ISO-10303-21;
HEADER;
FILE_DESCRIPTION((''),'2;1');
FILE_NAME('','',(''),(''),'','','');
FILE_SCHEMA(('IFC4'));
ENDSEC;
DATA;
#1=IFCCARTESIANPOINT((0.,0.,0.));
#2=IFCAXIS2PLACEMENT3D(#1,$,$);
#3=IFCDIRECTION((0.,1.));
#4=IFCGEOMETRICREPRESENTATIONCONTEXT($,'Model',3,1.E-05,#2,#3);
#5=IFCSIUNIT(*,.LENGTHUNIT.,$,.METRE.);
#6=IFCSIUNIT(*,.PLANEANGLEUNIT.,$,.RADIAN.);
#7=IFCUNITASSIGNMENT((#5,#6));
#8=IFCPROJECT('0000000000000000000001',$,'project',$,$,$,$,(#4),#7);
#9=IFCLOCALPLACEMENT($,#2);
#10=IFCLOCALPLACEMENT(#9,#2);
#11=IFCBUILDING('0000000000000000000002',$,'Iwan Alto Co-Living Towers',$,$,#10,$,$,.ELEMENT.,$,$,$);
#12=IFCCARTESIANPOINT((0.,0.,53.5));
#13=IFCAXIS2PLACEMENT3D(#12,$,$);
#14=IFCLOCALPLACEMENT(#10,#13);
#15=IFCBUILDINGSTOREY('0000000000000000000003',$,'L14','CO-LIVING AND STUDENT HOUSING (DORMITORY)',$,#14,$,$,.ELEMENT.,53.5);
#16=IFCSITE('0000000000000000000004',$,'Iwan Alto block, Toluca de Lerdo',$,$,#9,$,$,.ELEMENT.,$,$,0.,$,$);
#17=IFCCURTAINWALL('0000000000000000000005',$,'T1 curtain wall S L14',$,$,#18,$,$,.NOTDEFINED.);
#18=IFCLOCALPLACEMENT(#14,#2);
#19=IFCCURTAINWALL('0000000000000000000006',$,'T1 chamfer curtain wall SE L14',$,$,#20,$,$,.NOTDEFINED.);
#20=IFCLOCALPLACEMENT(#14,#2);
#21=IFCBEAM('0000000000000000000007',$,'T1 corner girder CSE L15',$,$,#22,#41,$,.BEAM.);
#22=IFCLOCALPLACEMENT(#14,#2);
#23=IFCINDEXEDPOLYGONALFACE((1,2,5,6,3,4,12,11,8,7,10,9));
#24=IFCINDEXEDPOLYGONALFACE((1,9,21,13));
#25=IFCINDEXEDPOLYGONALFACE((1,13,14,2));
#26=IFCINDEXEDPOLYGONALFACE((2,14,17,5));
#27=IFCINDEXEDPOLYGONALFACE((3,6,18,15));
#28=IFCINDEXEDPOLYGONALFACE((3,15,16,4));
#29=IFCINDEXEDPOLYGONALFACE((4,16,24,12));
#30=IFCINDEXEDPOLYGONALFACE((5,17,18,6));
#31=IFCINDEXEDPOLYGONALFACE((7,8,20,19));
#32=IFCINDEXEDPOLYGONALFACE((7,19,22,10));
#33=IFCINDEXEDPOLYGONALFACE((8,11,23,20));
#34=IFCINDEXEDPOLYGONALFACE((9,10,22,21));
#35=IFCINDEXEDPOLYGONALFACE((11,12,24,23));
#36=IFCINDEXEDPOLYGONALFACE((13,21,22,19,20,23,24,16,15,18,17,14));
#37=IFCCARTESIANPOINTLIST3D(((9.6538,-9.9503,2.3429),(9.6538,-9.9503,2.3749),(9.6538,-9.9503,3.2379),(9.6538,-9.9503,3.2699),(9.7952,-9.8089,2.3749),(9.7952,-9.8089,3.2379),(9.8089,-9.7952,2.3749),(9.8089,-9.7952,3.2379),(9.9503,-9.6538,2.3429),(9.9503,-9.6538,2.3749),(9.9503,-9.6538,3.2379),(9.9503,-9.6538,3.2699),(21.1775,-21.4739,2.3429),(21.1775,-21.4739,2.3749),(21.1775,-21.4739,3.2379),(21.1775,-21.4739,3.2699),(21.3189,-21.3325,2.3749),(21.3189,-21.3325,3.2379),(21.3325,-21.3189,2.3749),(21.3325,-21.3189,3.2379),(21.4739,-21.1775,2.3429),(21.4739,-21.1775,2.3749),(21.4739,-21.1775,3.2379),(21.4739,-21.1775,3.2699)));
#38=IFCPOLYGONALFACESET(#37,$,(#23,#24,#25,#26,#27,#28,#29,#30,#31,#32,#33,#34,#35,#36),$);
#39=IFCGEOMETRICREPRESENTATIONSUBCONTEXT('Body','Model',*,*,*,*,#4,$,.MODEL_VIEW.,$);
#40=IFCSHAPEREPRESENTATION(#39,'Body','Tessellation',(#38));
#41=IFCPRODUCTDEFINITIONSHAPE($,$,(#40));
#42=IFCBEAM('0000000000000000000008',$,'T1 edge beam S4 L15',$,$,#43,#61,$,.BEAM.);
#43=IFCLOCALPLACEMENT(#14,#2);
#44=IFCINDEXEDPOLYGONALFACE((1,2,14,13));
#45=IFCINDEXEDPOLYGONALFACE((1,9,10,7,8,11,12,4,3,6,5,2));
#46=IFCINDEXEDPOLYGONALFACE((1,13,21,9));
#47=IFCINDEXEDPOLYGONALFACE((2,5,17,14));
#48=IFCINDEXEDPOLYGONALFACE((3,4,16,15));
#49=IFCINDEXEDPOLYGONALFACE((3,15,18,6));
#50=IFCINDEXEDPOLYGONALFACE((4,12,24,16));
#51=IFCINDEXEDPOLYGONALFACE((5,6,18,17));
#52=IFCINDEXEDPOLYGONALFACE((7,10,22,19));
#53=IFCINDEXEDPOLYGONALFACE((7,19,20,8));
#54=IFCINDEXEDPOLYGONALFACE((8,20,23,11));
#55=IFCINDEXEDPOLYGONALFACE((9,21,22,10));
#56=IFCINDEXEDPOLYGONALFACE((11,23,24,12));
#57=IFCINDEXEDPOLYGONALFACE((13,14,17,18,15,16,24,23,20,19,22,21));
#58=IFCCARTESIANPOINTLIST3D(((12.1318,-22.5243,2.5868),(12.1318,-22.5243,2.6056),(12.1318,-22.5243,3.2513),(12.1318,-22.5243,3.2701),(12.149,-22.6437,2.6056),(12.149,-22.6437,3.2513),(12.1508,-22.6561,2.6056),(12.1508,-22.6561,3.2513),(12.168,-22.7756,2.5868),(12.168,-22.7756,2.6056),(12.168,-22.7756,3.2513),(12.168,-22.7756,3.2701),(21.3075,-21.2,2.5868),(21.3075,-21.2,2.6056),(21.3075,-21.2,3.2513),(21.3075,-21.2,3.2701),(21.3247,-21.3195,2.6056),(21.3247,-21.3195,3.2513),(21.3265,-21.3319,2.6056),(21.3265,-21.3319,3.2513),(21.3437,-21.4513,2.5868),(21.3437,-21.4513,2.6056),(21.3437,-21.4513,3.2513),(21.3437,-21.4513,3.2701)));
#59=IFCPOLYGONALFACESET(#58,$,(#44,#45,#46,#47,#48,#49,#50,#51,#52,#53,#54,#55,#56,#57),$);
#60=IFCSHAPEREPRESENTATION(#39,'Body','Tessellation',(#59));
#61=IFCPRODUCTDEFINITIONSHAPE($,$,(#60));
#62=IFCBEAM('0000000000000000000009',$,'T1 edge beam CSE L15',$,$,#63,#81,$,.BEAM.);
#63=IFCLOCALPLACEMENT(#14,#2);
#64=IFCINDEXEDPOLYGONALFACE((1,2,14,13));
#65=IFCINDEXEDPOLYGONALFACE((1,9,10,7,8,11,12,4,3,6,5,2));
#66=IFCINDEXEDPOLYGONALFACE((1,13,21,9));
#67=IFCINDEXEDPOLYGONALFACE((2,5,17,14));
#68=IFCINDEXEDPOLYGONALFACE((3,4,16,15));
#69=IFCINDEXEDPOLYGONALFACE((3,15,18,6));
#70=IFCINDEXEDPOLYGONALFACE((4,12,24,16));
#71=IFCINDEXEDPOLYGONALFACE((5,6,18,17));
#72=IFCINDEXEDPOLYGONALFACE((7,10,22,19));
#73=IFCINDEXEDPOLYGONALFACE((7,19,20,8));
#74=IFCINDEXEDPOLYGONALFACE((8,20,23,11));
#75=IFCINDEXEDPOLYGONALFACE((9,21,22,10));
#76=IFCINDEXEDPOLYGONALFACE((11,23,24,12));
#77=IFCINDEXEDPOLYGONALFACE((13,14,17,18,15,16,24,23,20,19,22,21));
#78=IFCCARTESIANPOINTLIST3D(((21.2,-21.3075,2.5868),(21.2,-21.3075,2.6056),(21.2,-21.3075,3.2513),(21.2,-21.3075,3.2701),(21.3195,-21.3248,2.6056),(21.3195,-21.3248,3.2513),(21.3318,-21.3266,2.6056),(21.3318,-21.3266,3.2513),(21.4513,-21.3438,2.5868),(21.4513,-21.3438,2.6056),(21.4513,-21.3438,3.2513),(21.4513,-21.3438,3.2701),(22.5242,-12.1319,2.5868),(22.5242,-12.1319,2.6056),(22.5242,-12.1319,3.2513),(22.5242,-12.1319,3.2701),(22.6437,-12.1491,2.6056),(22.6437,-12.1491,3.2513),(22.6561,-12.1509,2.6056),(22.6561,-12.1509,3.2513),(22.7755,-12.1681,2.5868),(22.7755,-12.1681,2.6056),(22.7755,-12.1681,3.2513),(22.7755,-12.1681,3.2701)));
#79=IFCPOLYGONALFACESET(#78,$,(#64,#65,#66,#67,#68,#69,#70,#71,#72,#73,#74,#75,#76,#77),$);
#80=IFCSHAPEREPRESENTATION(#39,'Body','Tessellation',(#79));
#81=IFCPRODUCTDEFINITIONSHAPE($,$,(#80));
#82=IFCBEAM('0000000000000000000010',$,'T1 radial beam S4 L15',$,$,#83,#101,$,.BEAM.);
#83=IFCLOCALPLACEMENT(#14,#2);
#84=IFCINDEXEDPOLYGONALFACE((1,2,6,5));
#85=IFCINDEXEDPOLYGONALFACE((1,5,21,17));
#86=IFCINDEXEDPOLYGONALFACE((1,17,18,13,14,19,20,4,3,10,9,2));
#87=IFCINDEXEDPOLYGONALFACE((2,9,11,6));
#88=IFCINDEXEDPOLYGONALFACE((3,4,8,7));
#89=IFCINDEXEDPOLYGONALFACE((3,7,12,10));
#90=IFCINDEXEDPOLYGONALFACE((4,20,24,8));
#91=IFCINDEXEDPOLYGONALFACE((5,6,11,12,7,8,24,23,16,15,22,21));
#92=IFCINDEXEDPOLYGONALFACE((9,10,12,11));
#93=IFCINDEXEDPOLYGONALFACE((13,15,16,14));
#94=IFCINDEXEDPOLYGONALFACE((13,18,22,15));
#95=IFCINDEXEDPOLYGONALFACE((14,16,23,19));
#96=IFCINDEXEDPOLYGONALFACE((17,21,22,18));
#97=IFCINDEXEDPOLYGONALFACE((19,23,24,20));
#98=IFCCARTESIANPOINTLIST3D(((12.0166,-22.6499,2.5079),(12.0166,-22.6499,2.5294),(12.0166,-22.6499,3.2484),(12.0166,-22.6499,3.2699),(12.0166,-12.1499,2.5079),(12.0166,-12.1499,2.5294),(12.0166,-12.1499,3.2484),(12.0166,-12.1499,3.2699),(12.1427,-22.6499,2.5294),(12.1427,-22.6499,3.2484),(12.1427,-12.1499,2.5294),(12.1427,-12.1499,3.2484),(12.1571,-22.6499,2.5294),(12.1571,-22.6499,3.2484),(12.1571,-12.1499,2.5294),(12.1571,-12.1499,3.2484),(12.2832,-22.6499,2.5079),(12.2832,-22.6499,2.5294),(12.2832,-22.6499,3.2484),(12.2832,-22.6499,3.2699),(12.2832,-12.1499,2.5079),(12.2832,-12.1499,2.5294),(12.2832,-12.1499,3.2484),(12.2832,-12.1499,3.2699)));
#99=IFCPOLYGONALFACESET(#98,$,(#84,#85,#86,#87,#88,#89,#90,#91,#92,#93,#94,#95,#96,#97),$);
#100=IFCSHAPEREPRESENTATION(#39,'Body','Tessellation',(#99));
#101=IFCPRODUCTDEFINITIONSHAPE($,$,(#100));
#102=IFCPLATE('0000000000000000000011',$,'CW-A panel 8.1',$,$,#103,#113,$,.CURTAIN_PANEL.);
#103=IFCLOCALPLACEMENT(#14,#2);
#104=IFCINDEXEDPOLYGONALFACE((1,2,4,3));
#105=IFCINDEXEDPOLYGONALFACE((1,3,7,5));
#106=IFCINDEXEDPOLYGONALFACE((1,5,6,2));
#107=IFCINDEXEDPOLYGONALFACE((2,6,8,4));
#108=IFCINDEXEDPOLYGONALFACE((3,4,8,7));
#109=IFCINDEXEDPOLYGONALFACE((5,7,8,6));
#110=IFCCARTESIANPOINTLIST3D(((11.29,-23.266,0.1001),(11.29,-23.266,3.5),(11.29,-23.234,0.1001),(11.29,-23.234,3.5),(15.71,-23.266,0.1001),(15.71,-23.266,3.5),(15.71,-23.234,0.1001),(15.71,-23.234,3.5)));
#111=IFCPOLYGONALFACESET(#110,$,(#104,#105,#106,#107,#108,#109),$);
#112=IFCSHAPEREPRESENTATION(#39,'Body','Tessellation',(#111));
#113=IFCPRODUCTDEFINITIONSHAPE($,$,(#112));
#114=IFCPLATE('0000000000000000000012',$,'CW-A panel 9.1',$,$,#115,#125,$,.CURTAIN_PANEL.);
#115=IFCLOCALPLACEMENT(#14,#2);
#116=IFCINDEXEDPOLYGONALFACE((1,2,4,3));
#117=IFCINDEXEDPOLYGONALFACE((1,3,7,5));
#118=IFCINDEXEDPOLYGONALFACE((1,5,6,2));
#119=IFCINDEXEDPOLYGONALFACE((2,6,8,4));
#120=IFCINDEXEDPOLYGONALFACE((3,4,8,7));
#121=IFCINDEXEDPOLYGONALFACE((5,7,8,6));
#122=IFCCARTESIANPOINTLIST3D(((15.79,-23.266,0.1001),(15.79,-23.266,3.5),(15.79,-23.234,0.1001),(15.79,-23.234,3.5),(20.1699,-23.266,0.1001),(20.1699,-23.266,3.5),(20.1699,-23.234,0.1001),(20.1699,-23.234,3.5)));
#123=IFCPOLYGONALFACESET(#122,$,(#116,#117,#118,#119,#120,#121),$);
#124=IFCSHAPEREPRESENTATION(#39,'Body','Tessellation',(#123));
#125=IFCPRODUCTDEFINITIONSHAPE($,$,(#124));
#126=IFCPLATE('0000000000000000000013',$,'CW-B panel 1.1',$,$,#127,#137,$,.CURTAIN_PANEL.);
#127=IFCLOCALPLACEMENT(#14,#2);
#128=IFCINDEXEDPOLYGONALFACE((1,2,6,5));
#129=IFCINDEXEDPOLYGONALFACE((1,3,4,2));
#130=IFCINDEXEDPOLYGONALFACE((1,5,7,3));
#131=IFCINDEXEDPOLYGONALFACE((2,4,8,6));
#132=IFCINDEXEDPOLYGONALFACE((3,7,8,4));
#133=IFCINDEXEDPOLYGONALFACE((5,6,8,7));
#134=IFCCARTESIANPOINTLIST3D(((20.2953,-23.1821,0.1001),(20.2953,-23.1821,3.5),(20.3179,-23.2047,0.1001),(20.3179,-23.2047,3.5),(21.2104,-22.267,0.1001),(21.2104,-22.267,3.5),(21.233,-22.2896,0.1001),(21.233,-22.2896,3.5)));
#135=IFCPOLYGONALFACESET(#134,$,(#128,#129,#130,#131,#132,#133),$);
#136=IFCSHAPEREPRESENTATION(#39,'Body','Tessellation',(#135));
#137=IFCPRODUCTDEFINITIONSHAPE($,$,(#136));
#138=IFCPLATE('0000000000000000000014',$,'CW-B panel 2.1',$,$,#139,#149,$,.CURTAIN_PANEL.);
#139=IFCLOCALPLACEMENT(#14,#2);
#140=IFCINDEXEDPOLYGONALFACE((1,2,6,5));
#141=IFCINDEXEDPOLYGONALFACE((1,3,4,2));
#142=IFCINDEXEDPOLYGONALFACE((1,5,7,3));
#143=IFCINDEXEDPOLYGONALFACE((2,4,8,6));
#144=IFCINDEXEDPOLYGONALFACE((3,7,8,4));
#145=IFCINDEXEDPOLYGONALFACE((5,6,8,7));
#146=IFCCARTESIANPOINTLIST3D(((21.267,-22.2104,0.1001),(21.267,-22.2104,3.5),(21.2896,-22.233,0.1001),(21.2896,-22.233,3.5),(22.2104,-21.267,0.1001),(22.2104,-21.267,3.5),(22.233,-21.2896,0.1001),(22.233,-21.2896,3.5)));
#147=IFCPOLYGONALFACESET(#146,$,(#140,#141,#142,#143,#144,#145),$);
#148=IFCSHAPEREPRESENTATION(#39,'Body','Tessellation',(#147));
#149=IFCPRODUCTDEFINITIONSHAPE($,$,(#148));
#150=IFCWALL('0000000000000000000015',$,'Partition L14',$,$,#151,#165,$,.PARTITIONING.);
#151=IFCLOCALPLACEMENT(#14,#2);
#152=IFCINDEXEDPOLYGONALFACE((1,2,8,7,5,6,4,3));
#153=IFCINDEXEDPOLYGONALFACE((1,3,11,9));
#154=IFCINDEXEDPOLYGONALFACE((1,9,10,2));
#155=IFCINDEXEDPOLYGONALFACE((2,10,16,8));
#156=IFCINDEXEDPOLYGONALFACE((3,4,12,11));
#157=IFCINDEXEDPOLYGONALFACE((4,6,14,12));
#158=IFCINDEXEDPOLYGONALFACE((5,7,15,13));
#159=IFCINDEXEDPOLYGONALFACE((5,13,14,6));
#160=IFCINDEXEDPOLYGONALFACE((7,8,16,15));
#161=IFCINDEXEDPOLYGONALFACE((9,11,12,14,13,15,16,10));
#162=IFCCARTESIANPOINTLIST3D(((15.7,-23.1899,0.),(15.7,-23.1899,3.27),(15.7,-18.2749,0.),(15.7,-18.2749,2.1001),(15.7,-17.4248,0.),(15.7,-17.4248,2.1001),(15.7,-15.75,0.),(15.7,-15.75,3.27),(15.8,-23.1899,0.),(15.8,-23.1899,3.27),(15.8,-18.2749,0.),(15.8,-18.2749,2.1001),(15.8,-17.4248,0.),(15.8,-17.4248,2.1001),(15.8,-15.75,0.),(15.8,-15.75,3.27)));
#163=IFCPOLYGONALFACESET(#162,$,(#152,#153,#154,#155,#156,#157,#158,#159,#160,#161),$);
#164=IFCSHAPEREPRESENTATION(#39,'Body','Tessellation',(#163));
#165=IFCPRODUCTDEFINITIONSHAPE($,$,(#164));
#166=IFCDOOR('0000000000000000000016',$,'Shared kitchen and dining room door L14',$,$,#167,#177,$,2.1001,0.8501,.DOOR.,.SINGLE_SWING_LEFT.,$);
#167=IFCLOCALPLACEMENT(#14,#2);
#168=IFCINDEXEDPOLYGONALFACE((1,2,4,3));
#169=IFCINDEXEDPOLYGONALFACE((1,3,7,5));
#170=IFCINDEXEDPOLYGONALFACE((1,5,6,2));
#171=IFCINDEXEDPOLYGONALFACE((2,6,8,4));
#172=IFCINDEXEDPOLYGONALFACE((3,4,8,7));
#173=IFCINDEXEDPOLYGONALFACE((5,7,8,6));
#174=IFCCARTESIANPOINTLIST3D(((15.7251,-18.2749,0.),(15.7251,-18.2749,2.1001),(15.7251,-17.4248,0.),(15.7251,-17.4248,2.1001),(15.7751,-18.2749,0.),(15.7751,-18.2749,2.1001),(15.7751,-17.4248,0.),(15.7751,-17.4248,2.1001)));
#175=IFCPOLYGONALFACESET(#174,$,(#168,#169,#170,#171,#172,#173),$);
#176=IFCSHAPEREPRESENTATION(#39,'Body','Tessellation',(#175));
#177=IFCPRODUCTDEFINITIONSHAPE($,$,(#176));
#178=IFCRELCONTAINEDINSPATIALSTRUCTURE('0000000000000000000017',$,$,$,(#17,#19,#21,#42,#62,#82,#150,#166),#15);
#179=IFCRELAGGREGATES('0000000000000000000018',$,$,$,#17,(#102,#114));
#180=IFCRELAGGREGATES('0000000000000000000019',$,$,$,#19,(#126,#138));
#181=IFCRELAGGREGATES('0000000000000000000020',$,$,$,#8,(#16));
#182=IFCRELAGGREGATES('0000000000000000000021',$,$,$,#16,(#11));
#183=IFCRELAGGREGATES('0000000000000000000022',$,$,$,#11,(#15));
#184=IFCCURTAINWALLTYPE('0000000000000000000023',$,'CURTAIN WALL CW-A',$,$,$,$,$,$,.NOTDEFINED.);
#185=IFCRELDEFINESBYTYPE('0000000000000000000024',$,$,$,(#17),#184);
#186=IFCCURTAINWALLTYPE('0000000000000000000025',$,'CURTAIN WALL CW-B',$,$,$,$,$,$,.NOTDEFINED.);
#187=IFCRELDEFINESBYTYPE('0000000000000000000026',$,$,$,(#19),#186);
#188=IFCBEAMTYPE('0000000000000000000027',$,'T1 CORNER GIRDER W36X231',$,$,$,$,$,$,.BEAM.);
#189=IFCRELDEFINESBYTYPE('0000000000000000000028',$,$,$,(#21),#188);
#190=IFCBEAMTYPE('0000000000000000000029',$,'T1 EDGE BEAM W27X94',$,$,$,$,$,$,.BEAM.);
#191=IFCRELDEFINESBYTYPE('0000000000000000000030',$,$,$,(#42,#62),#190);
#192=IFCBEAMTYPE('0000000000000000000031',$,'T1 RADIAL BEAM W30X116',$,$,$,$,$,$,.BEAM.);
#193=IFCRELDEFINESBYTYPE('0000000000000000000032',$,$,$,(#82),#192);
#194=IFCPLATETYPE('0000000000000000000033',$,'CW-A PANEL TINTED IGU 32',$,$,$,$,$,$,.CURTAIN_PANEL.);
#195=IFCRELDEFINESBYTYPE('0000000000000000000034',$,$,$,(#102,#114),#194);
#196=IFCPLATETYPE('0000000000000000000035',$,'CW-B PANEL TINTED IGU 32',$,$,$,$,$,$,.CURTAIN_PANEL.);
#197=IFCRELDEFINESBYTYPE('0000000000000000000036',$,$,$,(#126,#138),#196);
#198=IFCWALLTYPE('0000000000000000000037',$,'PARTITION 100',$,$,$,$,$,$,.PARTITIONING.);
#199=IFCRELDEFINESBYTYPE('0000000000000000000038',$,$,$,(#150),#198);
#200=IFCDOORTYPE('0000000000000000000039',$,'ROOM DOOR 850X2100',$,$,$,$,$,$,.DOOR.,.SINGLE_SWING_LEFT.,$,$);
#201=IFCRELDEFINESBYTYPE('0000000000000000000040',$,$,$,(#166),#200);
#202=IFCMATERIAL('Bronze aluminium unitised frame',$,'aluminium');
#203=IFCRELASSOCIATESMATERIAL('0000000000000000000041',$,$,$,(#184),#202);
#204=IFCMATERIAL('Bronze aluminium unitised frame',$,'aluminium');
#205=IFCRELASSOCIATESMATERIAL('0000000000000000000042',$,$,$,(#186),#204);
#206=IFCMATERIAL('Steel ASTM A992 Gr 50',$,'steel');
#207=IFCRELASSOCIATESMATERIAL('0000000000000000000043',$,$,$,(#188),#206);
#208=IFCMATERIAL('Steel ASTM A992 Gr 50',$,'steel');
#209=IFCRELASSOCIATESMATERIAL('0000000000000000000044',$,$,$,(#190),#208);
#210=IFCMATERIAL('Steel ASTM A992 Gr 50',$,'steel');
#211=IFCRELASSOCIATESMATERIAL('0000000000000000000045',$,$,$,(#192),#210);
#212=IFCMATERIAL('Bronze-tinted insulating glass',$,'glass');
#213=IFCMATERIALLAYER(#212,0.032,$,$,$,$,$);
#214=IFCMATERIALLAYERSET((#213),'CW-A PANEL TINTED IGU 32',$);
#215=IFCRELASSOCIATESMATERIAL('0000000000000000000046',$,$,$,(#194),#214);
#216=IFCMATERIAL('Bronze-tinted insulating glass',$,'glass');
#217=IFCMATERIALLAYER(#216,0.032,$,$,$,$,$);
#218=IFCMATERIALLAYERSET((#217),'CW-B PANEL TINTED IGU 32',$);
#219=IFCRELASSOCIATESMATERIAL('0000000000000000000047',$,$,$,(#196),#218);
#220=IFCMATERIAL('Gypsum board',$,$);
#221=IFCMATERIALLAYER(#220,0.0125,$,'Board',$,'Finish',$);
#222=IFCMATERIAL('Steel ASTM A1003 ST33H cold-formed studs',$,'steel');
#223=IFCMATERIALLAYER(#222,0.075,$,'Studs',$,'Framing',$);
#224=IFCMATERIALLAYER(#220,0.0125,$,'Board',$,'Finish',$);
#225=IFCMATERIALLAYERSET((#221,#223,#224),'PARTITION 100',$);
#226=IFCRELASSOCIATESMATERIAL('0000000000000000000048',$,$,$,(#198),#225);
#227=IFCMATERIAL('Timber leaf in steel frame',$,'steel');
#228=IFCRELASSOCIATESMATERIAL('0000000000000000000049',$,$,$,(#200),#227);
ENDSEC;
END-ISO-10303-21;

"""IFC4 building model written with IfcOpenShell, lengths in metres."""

from ifc_helpers import new_model, si_unit, direction, frame, frame_2d, origin, origin_2d, place, context, subcontext, project, spatial, rectangle, i_section, extrude, material, layer, layer_set, material_profile, profile_set, type_object, element, fill, aggregate, save


model = new_model("IFC4")

# Units and contexts
model_context = context("Model", 3, precision=1e-05, world=origin(), true_north=direction((0.0, 1.0)))
body_context = subcontext(model_context, "Body", "Model", "MODEL_VIEW")
ifc_project = project(units=[si_unit("LENGTHUNIT", "METRE"), si_unit("PLANEANGLEUNIT", "RADIAN")], contexts=[model_context])

# Site, building, storey
site_placement = place(None, origin())
site = spatial("IfcSite", under=ifc_project, at=site_placement, Name="Iwan Alto block, Toluca de Lerdo", CompositionType="ELEMENT", RefElevation=0.0)
building_placement = place(site_placement, origin())
building = spatial("IfcBuilding", under=site, at=building_placement, Name="Iwan Alto Co-Living Towers", CompositionType="ELEMENT")
storey_placement = place(building_placement, frame((0.0, 0.0, 53.5)))
storey = spatial("IfcBuildingStorey", under=building, at=storey_placement, Name="L14", Description="CO-LIVING AND STUDENT HOUSING (DORMITORY)", CompositionType="ELEMENT", Elevation=53.5)

# Curtain walls
ifc_material_1 = material(Name="Bronze aluminium unitised frame", Category="aluminium")
curtain_wall_type_1 = type_object("IfcCurtainWallType", Name="CURTAIN WALL CW-A", PredefinedType="NOTDEFINED", material=ifc_material_1)
curtain_wall_1_placement = place(storey_placement, origin())
curtain_wall_1 = element("IfcCurtainWall", 1, at=curtain_wall_1_placement, inside=storey, type_object=curtain_wall_type_1, Name="T1 curtain wall S L14", PredefinedType="NOTDEFINED")
ifc_material_2 = material(Name="Bronze aluminium unitised frame", Category="aluminium")
curtain_wall_type_2 = type_object("IfcCurtainWallType", Name="CURTAIN WALL CW-B", PredefinedType="NOTDEFINED", material=ifc_material_2)
curtain_wall_2_placement = place(storey_placement, origin())
curtain_wall_2 = element("IfcCurtainWall", 2, at=curtain_wall_2_placement, inside=storey, type_object=curtain_wall_type_2, Name="T1 chamfer curtain wall SE L14", PredefinedType="NOTDEFINED")

# Beams
ifc_material_3 = material(Name="Steel ASTM A992 Gr 50", Category="steel")
ifc_material_profile_1 = material_profile(ifc_material_3, i_section(OverallWidth=0.4192, OverallDepth=0.927, WebThickness=0.0193, FlangeThickness=0.032, at=origin_2d()), Name="W36X231")
ifc_profile_set_1 = profile_set([ifc_material_profile_1], Name="Steel ASTM A992 Gr 50")
beam_type_1 = type_object("IfcBeamType", Name="T1 CORNER GIRDER W36X231", PredefinedType="BEAM", material=ifc_profile_set_1)
beam_1_placement = place(storey_placement, frame((21.3257, -21.3257, 2.8064), z_axis=(-0.707107, 0.707107, 0.0), x_axis=(-0.707107, -0.707107, 0.0)))
element("IfcBeam", 3, at=beam_1_placement, inside=storey, type_object=beam_type_1, Name="T1 corner girder CSE L15", PredefinedType="BEAM", context=body_context, shape_type="SweptSolid", body=[
    extrude(i_section(OverallWidth=0.4192, OverallDepth=0.927, WebThickness=0.0193, FlangeThickness=0.032, at=origin_2d()), origin(), (0.0, 0.0, 1.0), 16.2969),
])
ifc_material_4 = material(Name="Steel ASTM A992 Gr 50", Category="steel")
ifc_material_profile_2 = material_profile(ifc_material_4, i_section(OverallWidth=0.2539, OverallDepth=0.6833, WebThickness=0.0125, FlangeThickness=0.0188, at=origin_2d()), Name="W27X94")
ifc_profile_set_2 = profile_set([ifc_material_profile_2], Name="Steel ASTM A992 Gr 50")
beam_type_2 = type_object("IfcBeamType", Name="T1 EDGE BEAM W27X94", PredefinedType="BEAM", material=ifc_profile_set_2)
for number, where, z_axis, x_axis, name in (
    (4, (12.1499, -22.6499, 2.9285), (0.989746, 0.142837, 0.0), (-0.142837, 0.989746, 0.0), "T1 edge beam S4 L15"),
    (5, (21.3257, -21.3257, 2.9285), (0.142837, 0.989746, 0.0), (-0.989746, 0.142837, 0.0), "T1 edge beam CSE L15"),
):
    element("IfcBeam", number, at=place(storey_placement, frame(where, z_axis=z_axis, x_axis=x_axis)), inside=storey, type_object=beam_type_2, Name=name, PredefinedType="BEAM", context=body_context, shape_type="SweptSolid", body=[
        extrude(i_section(OverallWidth=0.2539, OverallDepth=0.6833, WebThickness=0.0125, FlangeThickness=0.0188, at=origin_2d()), origin(), (0.0, 0.0, 1.0), 9.2708),
    ])
ifc_material_5 = material(Name="Steel ASTM A992 Gr 50", Category="steel")
ifc_material_profile_3 = material_profile(ifc_material_5, i_section(OverallWidth=0.2666, OverallDepth=0.762, WebThickness=0.0144, FlangeThickness=0.0215, at=origin_2d()), Name="W30X116")
ifc_profile_set_3 = profile_set([ifc_material_profile_3], Name="Steel ASTM A992 Gr 50")
beam_type_3 = type_object("IfcBeamType", Name="T1 RADIAL BEAM W30X116", PredefinedType="BEAM", material=ifc_profile_set_3)
beam_2_placement = place(storey_placement, frame((12.1499, -22.6499, 2.8889), z_axis=(0.0, 1.0, 0.0), x_axis=(-1.0, 0.0, 0.0)))
element("IfcBeam", 6, at=beam_2_placement, inside=storey, type_object=beam_type_3, Name="T1 radial beam S4 L15", PredefinedType="BEAM", context=body_context, shape_type="SweptSolid", body=[
    extrude(i_section(OverallWidth=0.2666, OverallDepth=0.762, WebThickness=0.0144, FlangeThickness=0.0215, at=origin_2d()), origin(), (0.0, 0.0, 1.0), 10.5),
])

# Plates
ifc_material_6 = material(Name="Bronze-tinted insulating glass", Category="glass")
ifc_layer_1 = layer(ifc_material_6, 0.032)
ifc_layer_set_1 = layer_set([ifc_layer_1], Name="CW-A PANEL TINTED IGU 32")
plate_type_1 = type_object("IfcPlateType", Name="CW-A PANEL TINTED IGU 32", PredefinedType="CURTAIN_PANEL", material=ifc_layer_set_1)
plate_1_placement = place(storey_placement, frame((13.5, -23.25, 0.1001), z_axis=(0.0, 0.0, 1.0), x_axis=(1.0, 0.0, 0.0)))
plate_1 = element("IfcPlate", 7, at=plate_1_placement, type_object=plate_type_1, Name="CW-A panel 8.1", PredefinedType="CURTAIN_PANEL", context=body_context, shape_type="SweptSolid", body=[
    extrude(rectangle(XDim=4.4199, YDim=0.032, at=origin_2d()), origin(), (0.0, 0.0, 1.0), 3.3999),
])
plate_2_placement = place(storey_placement, frame((17.98, -23.25, 0.1001), z_axis=(0.0, 0.0, 1.0), x_axis=(1.0, 0.0, 0.0)))
plate_2 = element("IfcPlate", 8, at=plate_2_placement, type_object=plate_type_1, Name="CW-A panel 9.1", PredefinedType="CURTAIN_PANEL", context=body_context, shape_type="SweptSolid", body=[
    extrude(rectangle(XDim=4.3799, YDim=0.032, at=origin_2d()), origin(), (0.0, 0.0, 1.0), 3.3999),
])
aggregate(curtain_wall_1, [plate_1, plate_2])
ifc_material_7 = material(Name="Bronze-tinted insulating glass", Category="glass")
ifc_layer_2 = layer(ifc_material_7, 0.032)
ifc_layer_set_2 = layer_set([ifc_layer_2], Name="CW-B PANEL TINTED IGU 32")
plate_type_2 = type_object("IfcPlateType", Name="CW-B PANEL TINTED IGU 32", PredefinedType="CURTAIN_PANEL", material=ifc_layer_set_2)
plate_3_placement = place(storey_placement, frame((20.7642, -22.7358, 0.1001), z_axis=(0.0, 0.0, 1.0), x_axis=(0.707107, 0.707107, 0.0)))
plate_3 = element("IfcPlate", 9, at=plate_3_placement, type_object=plate_type_2, Name="CW-B panel 1.1", PredefinedType="CURTAIN_PANEL", context=body_context, shape_type="SweptSolid", body=[
    extrude(rectangle(XDim=1.2942, YDim=0.032, at=origin_2d()), origin(), (0.0, 0.0, 1.0), 3.3999),
])
plate_4_placement = place(storey_placement, frame((21.75, -21.75, 0.1001), z_axis=(0.0, 0.0, 1.0), x_axis=(0.707107, 0.707107, 0.0)))
plate_4 = element("IfcPlate", 10, at=plate_4_placement, type_object=plate_type_2, Name="CW-B panel 2.1", PredefinedType="CURTAIN_PANEL", context=body_context, shape_type="SweptSolid", body=[
    extrude(rectangle(XDim=1.3342, YDim=0.032, at=origin_2d()), origin(), (0.0, 0.0, 1.0), 3.3999),
])
aggregate(curtain_wall_2, [plate_3, plate_4])

# Wall, opening, door
ifc_material_8 = material(Name="Gypsum board")
ifc_layer_3 = layer(ifc_material_8, 0.0125, Name="Board", Category="Finish")
ifc_material_9 = material(Name="Steel ASTM A1003 ST33H cold-formed studs", Category="steel")
ifc_layer_4 = layer(ifc_material_9, 0.075, Name="Studs", Category="Framing")
ifc_layer_5 = layer(ifc_material_8, 0.0125, Name="Board", Category="Finish")
ifc_layer_set_3 = layer_set([ifc_layer_3, ifc_layer_4, ifc_layer_5], Name="PARTITION 100")
wall_type = type_object("IfcWallType", Name="PARTITION 100", PredefinedType="PARTITIONING", material=ifc_layer_set_3)
wall_placement = place(storey_placement, frame((15.75, -23.1899, 0.0), z_axis=(0.0, 0.0, 1.0), x_axis=(0.0, 1.0, 0.0)))
wall = element("IfcWall", 11, at=wall_placement, inside=storey, type_object=wall_type, Name="Partition L14", PredefinedType="PARTITIONING", context=body_context, shape_type="SweptSolid", body=[
    extrude(rectangle(XDim=7.4399, YDim=0.1001, at=frame_2d((3.72, 0.0))), origin(), (0.0, 0.0, 1.0), 3.27),
])
opening_placement = place(wall_placement, frame((4.915, 0.0, 0.0)))
opening = element("IfcOpeningElement", 12, at=opening_placement, cuts=wall, PredefinedType="OPENING", context=body_context, shape_type="SweptSolid", body=[
    extrude(rectangle(XDim=0.8501, YDim=2.1001, at=frame_2d((0.425, 1.05))), frame((0.0, 0.0601, 0.0), z_axis=(0.0, -1.0, 0.0), x_axis=(1.0, 0.0, 0.0)), (0.0, 0.0, 1.0), 0.1201),
])
ifc_material_10 = material(Name="Timber leaf in steel frame", Category="steel")
door_type = type_object("IfcDoorType", Name="ROOM DOOR 850X2100", OperationType="SINGLE_SWING_LEFT", PredefinedType="DOOR", material=ifc_material_10)
door_placement = place(opening_placement, origin())
door = element("IfcDoor", 13, at=door_placement, inside=storey, type_object=door_type, Name="Shared kitchen and dining room door L14", OperationType="SINGLE_SWING_LEFT", OverallHeight=2.1001, OverallWidth=0.8501, PredefinedType="DOOR", context=body_context, shape_type="SweptSolid", body=[
    extrude(rectangle(XDim=0.8501, YDim=2.1001, at=frame_2d((0.425, 1.05))), frame((0.0, 0.0249, 0.0), z_axis=(0.0, -1.0, 0.0), x_axis=(1.0, 0.0, 0.0)), (0.0, 0.0, 1.0), 0.05),
])
fill(opening, door)

save(model, "model.ifc")
